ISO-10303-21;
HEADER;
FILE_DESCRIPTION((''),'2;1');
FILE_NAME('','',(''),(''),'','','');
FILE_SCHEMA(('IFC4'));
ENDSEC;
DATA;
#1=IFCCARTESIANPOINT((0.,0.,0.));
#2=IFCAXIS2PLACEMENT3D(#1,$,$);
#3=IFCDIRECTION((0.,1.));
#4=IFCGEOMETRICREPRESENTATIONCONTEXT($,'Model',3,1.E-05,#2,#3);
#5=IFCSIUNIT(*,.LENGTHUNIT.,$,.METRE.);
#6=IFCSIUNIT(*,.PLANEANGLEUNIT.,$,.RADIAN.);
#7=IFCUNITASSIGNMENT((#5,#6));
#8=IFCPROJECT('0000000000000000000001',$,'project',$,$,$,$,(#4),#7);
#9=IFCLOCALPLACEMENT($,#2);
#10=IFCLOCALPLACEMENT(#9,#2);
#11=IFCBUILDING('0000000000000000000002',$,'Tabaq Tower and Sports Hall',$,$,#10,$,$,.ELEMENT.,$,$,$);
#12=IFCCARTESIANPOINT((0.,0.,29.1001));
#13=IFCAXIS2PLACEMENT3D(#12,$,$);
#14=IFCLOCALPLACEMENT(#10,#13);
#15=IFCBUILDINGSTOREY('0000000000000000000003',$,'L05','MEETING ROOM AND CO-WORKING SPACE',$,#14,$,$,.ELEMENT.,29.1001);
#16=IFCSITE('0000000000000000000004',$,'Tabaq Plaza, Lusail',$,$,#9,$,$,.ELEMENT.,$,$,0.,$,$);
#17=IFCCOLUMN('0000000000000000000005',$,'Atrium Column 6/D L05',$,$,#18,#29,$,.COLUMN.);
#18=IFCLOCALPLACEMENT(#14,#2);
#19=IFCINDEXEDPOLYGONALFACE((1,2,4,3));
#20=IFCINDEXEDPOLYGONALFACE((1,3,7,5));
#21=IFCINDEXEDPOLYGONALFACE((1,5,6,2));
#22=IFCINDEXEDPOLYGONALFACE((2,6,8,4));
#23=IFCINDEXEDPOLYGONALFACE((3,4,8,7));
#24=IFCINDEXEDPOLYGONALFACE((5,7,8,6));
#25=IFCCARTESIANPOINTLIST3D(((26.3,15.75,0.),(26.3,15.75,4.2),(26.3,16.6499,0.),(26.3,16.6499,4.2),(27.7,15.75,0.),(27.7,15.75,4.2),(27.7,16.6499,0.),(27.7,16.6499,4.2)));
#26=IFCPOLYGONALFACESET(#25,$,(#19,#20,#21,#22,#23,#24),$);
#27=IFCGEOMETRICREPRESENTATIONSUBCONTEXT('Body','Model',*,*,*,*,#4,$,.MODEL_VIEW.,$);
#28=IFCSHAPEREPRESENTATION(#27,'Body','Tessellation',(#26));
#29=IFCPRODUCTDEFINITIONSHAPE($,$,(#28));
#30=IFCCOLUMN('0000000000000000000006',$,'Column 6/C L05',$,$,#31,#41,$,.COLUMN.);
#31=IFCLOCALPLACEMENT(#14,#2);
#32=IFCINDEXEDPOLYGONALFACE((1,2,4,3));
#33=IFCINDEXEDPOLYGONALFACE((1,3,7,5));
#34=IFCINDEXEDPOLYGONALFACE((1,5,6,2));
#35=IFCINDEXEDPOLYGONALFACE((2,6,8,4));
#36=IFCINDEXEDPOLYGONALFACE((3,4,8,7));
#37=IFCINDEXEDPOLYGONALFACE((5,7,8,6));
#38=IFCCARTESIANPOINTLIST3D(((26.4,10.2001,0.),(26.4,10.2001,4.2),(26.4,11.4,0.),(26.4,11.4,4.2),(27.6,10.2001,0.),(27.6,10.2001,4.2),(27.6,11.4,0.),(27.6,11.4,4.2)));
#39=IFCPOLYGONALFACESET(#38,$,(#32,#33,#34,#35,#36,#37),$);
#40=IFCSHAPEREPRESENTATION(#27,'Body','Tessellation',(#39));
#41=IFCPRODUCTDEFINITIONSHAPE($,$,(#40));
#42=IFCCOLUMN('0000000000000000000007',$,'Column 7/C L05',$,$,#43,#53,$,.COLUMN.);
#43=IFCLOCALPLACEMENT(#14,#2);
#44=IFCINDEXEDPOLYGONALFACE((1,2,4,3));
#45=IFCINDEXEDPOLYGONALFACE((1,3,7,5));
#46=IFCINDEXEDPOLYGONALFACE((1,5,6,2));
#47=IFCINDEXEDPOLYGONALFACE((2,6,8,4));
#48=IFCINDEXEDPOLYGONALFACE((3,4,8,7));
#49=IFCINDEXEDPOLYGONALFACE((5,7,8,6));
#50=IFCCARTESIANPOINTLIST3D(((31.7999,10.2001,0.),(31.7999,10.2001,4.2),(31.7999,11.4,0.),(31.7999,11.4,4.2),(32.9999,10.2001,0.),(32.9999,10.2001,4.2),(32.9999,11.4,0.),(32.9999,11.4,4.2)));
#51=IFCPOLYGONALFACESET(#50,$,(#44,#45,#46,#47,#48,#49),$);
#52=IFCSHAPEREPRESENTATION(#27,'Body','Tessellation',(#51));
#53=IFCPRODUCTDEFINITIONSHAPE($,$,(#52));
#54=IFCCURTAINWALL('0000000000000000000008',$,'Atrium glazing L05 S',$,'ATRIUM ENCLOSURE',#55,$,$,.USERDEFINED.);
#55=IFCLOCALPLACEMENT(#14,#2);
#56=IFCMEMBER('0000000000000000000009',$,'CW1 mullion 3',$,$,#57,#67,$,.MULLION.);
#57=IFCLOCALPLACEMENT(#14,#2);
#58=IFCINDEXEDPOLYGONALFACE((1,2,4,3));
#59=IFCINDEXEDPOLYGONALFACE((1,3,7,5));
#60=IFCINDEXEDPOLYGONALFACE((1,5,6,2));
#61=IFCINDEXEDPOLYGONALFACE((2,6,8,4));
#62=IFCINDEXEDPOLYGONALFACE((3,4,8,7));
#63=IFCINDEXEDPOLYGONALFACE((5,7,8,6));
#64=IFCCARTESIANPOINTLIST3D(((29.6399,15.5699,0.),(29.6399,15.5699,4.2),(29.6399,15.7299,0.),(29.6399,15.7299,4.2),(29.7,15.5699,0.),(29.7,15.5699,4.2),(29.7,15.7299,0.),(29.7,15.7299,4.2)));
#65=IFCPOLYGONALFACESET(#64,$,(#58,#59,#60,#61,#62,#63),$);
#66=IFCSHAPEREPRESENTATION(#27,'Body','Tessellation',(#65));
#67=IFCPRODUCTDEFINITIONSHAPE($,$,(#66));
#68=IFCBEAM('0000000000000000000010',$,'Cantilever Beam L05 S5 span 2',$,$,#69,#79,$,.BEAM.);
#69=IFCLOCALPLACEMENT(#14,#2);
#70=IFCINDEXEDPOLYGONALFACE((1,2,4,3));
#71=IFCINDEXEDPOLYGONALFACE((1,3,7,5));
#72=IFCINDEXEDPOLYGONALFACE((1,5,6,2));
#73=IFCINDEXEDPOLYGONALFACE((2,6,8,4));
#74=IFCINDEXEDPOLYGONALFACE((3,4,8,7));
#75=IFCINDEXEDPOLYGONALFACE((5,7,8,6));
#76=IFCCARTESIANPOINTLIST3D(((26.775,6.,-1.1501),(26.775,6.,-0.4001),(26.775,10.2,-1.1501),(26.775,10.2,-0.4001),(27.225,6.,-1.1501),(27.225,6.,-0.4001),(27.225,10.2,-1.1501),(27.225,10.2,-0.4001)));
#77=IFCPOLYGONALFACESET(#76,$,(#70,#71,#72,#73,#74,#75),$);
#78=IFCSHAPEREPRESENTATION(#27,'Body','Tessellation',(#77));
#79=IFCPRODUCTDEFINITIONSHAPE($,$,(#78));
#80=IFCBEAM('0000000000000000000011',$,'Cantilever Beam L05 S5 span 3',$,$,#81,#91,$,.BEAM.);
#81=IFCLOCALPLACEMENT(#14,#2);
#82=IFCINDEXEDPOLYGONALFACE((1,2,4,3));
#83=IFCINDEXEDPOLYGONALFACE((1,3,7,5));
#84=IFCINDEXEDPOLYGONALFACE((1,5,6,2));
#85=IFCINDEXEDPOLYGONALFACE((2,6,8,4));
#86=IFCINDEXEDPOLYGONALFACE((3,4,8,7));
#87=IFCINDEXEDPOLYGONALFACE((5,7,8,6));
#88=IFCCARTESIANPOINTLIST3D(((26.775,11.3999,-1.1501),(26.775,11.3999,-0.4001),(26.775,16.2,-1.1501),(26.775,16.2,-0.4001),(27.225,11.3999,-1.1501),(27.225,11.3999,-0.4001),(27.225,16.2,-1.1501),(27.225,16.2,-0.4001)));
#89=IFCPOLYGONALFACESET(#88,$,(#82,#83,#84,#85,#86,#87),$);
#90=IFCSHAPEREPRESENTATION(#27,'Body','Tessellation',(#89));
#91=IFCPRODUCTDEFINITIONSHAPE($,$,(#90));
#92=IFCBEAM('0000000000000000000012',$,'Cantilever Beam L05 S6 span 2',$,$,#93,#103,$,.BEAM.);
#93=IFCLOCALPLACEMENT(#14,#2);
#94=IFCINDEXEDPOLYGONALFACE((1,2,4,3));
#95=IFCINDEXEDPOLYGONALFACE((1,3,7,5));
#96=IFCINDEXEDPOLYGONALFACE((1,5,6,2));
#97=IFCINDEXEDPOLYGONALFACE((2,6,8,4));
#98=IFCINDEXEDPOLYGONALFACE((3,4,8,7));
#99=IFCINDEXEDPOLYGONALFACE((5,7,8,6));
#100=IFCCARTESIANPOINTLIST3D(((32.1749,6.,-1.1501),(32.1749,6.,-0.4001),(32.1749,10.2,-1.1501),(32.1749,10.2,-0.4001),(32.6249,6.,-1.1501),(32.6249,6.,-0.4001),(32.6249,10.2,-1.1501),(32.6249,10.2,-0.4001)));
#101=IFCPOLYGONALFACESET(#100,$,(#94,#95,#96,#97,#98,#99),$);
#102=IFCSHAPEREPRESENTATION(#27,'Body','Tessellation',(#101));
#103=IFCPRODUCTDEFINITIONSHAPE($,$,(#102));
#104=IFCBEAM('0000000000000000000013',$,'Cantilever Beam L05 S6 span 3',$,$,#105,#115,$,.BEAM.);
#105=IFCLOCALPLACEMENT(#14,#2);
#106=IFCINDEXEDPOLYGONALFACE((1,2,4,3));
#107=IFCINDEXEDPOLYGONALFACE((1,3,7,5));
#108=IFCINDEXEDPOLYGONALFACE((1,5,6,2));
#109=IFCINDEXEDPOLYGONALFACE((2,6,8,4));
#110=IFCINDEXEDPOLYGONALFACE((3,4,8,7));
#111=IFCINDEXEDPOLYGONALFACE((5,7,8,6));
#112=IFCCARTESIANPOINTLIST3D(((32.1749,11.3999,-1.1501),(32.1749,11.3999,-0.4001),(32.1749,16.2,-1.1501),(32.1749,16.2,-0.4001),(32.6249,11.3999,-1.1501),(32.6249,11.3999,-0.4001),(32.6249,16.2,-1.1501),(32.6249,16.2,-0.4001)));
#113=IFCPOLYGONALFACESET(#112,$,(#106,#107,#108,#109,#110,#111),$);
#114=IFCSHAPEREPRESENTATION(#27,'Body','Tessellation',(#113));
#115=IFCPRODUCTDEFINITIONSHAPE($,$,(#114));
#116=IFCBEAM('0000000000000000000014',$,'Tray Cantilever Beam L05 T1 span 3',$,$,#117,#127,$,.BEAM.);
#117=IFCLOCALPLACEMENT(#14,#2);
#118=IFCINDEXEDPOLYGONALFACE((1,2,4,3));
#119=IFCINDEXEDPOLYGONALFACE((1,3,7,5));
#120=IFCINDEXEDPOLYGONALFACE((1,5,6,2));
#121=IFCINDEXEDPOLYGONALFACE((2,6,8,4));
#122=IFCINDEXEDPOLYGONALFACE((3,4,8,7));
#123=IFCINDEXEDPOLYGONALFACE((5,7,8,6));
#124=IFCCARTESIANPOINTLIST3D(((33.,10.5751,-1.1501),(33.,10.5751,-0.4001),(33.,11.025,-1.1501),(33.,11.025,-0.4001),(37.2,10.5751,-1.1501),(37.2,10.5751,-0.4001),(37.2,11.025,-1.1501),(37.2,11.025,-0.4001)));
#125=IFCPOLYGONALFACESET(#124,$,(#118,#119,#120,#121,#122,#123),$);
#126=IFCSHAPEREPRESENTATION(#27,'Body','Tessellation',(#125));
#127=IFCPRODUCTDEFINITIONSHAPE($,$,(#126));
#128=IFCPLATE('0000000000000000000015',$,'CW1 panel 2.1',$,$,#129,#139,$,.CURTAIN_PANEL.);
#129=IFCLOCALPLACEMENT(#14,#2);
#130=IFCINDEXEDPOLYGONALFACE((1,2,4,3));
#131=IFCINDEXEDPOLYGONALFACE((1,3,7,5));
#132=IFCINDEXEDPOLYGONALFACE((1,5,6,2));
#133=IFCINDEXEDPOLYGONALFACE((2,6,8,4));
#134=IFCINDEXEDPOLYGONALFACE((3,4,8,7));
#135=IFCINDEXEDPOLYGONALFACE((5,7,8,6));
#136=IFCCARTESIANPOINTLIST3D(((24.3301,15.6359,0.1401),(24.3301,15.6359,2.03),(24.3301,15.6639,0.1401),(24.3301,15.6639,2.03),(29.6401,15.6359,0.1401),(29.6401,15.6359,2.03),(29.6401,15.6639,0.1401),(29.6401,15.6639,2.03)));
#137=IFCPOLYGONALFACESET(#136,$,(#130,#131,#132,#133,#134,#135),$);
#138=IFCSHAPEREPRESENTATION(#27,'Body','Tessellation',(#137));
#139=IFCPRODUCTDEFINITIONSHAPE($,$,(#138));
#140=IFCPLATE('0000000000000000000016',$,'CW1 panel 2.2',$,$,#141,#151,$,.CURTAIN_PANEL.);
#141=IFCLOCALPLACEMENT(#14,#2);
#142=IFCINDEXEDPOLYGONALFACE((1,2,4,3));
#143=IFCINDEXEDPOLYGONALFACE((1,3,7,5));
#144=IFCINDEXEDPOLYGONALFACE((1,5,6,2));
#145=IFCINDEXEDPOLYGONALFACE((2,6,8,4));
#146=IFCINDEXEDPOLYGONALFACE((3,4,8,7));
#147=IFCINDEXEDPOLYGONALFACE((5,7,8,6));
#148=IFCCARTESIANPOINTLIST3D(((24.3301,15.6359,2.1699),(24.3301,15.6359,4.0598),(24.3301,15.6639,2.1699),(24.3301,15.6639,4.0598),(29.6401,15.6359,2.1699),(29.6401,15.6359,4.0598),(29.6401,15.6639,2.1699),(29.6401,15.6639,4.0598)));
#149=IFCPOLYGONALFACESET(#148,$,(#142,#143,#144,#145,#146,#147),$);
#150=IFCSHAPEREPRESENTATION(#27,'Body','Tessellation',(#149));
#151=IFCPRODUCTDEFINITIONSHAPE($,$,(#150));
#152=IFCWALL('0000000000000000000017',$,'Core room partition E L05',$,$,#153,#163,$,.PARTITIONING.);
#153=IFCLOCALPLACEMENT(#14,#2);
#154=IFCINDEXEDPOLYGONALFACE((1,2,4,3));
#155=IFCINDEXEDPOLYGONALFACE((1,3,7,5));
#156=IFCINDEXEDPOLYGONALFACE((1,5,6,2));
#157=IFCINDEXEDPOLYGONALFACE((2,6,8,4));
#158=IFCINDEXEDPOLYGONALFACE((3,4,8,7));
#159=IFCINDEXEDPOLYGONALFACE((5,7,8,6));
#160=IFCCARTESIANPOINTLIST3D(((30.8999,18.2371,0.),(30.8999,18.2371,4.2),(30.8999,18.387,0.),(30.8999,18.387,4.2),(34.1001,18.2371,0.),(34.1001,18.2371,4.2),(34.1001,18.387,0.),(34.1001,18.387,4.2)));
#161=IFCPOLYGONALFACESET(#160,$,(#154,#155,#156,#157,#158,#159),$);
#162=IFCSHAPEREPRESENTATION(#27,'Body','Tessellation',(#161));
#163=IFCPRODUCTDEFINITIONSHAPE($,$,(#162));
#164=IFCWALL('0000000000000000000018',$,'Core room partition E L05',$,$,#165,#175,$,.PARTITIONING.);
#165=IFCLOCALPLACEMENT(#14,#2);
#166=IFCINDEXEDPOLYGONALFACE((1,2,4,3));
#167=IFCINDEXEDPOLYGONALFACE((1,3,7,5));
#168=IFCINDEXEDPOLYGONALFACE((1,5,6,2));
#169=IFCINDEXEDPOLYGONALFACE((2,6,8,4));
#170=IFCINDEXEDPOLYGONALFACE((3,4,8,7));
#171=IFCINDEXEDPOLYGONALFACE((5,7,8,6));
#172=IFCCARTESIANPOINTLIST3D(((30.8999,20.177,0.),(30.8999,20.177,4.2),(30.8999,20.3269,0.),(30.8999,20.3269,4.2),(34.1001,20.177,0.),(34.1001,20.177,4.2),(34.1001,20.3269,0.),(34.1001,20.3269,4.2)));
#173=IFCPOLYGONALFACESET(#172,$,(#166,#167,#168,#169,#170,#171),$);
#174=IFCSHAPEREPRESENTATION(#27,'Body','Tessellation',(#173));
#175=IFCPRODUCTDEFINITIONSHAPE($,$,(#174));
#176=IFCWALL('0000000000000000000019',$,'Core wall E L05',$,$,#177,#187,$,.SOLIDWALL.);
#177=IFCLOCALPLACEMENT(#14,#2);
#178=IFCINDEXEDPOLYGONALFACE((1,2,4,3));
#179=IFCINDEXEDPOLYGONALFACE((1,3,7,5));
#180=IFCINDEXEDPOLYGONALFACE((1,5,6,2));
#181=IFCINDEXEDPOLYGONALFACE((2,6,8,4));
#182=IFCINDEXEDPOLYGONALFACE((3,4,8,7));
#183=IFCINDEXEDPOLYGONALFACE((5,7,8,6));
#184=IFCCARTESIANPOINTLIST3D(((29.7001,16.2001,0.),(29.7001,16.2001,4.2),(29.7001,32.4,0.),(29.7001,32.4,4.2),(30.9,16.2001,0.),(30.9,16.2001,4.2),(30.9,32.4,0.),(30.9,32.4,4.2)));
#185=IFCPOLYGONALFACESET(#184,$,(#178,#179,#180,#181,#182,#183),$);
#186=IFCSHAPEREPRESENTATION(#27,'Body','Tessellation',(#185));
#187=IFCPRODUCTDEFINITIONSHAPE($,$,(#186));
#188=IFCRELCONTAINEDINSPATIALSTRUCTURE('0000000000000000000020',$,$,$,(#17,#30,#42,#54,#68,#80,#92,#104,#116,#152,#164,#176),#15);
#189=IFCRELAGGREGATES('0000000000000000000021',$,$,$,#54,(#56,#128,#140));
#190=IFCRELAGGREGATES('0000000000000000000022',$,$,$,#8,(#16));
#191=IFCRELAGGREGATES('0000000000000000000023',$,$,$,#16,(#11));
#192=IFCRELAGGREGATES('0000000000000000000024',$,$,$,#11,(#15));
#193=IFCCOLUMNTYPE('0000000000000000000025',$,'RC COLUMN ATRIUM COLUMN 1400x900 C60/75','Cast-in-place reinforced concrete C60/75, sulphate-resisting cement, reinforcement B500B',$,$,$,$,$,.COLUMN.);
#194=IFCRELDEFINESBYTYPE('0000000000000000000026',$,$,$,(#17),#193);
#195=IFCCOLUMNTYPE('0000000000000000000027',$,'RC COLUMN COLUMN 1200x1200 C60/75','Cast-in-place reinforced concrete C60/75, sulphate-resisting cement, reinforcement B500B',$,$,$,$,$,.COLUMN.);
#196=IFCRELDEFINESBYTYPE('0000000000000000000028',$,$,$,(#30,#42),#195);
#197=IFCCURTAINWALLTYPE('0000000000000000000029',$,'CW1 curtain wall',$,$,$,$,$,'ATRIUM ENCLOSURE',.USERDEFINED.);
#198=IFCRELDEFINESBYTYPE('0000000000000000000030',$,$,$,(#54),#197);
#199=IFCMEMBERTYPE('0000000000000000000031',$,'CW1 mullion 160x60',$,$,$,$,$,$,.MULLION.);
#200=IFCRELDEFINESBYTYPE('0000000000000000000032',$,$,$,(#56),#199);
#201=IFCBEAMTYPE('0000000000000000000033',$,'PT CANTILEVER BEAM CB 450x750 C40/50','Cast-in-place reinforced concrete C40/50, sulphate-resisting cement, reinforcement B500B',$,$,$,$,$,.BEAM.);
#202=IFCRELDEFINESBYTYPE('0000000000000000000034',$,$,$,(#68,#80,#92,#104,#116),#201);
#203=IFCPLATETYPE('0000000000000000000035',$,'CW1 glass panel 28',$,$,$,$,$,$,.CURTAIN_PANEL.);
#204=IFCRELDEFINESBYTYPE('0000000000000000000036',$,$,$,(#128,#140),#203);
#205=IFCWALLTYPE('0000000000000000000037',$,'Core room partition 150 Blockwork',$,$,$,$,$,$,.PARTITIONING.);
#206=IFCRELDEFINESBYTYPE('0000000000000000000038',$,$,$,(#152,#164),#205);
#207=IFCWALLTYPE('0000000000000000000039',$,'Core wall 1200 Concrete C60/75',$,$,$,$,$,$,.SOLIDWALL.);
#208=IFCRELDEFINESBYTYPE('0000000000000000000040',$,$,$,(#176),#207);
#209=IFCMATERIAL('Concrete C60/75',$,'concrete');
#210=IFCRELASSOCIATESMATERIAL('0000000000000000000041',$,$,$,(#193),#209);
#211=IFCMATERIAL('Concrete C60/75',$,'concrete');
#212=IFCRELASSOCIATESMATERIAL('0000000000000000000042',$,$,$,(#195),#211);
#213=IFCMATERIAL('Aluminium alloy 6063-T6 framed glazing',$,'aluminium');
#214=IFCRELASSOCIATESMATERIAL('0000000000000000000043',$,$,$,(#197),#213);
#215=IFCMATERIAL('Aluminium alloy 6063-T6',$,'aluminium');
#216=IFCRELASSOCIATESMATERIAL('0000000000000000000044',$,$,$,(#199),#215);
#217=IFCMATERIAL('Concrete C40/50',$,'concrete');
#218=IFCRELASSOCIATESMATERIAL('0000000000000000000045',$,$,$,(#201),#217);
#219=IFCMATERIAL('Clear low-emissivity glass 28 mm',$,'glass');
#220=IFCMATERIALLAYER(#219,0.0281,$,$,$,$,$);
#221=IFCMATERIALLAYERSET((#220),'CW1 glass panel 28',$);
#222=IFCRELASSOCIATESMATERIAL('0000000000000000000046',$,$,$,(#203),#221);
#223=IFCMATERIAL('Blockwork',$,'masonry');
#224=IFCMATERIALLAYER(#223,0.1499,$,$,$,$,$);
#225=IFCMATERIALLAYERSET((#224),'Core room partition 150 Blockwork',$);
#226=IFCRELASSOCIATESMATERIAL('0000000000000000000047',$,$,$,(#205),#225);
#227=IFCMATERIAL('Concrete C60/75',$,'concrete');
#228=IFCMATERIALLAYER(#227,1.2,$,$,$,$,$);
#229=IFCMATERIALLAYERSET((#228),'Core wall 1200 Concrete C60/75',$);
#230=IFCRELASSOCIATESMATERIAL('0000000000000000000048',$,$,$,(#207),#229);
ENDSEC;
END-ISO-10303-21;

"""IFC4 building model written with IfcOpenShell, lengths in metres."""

from ifc_helpers import new_model, si_unit, direction, frame, frame_2d, origin, origin_2d, place, context, subcontext, project, spatial, rectangle, extrude, material, layer, layer_set, material_profile, profile_set, type_object, element, aggregate, save


model = new_model("IFC4")

# Units and contexts
model_context = context("Model", 3, precision=1e-05, world=origin(), true_north=direction((0.0, 1.0)))
body_context = subcontext(model_context, "Body", "Model", "MODEL_VIEW")
ifc_project = project(units=[si_unit("LENGTHUNIT", "METRE"), si_unit("PLANEANGLEUNIT", "RADIAN")], contexts=[model_context])

# Site, building, storey
site_placement = place(None, origin())
site = spatial("IfcSite", under=ifc_project, at=site_placement, Name="Tabaq Plaza, Lusail", CompositionType="ELEMENT", RefElevation=0.0)
building_placement = place(site_placement, origin())
building = spatial("IfcBuilding", under=site, at=building_placement, Name="Tabaq Tower and Sports Hall", CompositionType="ELEMENT")
storey_placement = place(building_placement, frame((0.0, 0.0, 29.1001)))
storey = spatial("IfcBuildingStorey", under=building, at=storey_placement, Name="L05", Description="MEETING ROOM AND CO-WORKING SPACE", CompositionType="ELEMENT", Elevation=29.1001)

# Columns
ifc_material_1 = material(Name="Concrete C60/75", Category="concrete")
ifc_material_profile_1 = material_profile(ifc_material_1, rectangle(XDim=1.3999, YDim=0.8999, at=origin_2d()), Name="ATRIUM COLUMN 1400x900")
ifc_profile_set_1 = profile_set([ifc_material_profile_1], Name="Concrete C60/75")
column_type_1 = type_object("IfcColumnType", Name="RC COLUMN ATRIUM COLUMN 1400x900 C60/75", Description="Cast-in-place reinforced concrete C60/75, sulphate-resisting cement, reinforcement B500B", PredefinedType="COLUMN", material=ifc_profile_set_1)
column_placement = place(storey_placement, frame((27.0, 16.2, 0.0), z_axis=(0.0, 0.0, 1.0), x_axis=(1.0, 0.0, 0.0)))
element("IfcColumn", 1, at=column_placement, inside=storey, type_object=column_type_1, Name="Atrium Column 6/D L05", PredefinedType="COLUMN", context=body_context, shape_type="SweptSolid", body=[
    extrude(rectangle(XDim=1.3999, YDim=0.8999, at=origin_2d()), origin(), (0.0, 0.0, 1.0), 4.2),
])
ifc_material_2 = material(Name="Concrete C60/75", Category="concrete")
ifc_material_profile_2 = material_profile(ifc_material_2, rectangle(XDim=1.2, YDim=1.2, at=origin_2d()), Name="COLUMN 1200x1200")
ifc_profile_set_2 = profile_set([ifc_material_profile_2], Name="Concrete C60/75")
column_type_2 = type_object("IfcColumnType", Name="RC COLUMN COLUMN 1200x1200 C60/75", Description="Cast-in-place reinforced concrete C60/75, sulphate-resisting cement, reinforcement B500B", PredefinedType="COLUMN", material=ifc_profile_set_2)
for number, where, z_axis, x_axis, name in (
    (2, (27.0, 10.8, 0.0), (0.0, 0.0, 1.0), (1.0, 0.0, 0.0), "Column 6/C L05"),
    (3, (32.3999, 10.8, 0.0), (0.0, 0.0, 1.0), (1.0, 0.0, 0.0), "Column 7/C L05"),
):
    element("IfcColumn", number, at=place(storey_placement, frame(where, z_axis=z_axis, x_axis=x_axis)), inside=storey, type_object=column_type_2, Name=name, PredefinedType="COLUMN", context=body_context, shape_type="SweptSolid", body=[
        extrude(rectangle(XDim=1.2, YDim=1.2, at=origin_2d()), origin(), (0.0, 0.0, 1.0), 4.2),
    ])

# Curtain wall, member
ifc_material_3 = material(Name="Aluminium alloy 6063-T6 framed glazing", Category="aluminium")
curtain_wall_type = type_object("IfcCurtainWallType", Name="CW1 curtain wall", ElementType="ATRIUM ENCLOSURE", PredefinedType="USERDEFINED", material=ifc_material_3)
curtain_wall_placement = place(storey_placement, origin())
curtain_wall = element("IfcCurtainWall", 4, at=curtain_wall_placement, inside=storey, type_object=curtain_wall_type, Name="Atrium glazing L05 S", ObjectType="ATRIUM ENCLOSURE", PredefinedType="USERDEFINED")
ifc_material_4 = material(Name="Aluminium alloy 6063-T6", Category="aluminium")
ifc_material_profile_3 = material_profile(ifc_material_4, rectangle(XDim=0.1599, YDim=0.0601, at=origin_2d()), Name="MULLION 160x60")
ifc_profile_set_3 = profile_set([ifc_material_profile_3], Name="Aluminium alloy 6063-T6")
member_type = type_object("IfcMemberType", Name="CW1 mullion 160x60", PredefinedType="MULLION", material=ifc_profile_set_3)
member_placement = place(storey_placement, frame((29.6699, 15.6499, 0.0), z_axis=(0.0, 0.0, 1.0), x_axis=(0.0, 1.0, 0.0)))
member = element("IfcMember", 5, at=member_placement, type_object=member_type, Name="CW1 mullion 3", PredefinedType="MULLION", context=body_context, shape_type="SweptSolid", body=[
    extrude(rectangle(XDim=0.1599, YDim=0.0601, at=origin_2d()), origin(), (0.0, 0.0, 1.0), 4.2),
])

# Beams
ifc_material_5 = material(Name="Concrete C40/50", Category="concrete")
ifc_material_profile_4 = material_profile(ifc_material_5, rectangle(XDim=0.45, YDim=0.75, at=origin_2d()), Name="CB 450x750")
ifc_profile_set_4 = profile_set([ifc_material_profile_4], Name="Concrete C40/50")
beam_type = type_object("IfcBeamType", Name="PT CANTILEVER BEAM CB 450x750 C40/50", Description="Cast-in-place reinforced concrete C40/50, sulphate-resisting cement, reinforcement B500B", PredefinedType="BEAM", material=ifc_profile_set_4)
beam_1_placement = place(storey_placement, frame((27.0, 6.0, -0.7751), z_axis=(0.0, 1.0, 0.0), x_axis=(-1.0, 0.0, 0.0)))
element("IfcBeam", 6, at=beam_1_placement, inside=storey, type_object=beam_type, Name="Cantilever Beam L05 S5 span 2", PredefinedType="BEAM", context=body_context, shape_type="SweptSolid", body=[
    extrude(rectangle(XDim=0.45, YDim=0.75, at=origin_2d()), origin(), (0.0, 0.0, 1.0), 4.2),
])
beam_2_placement = place(storey_placement, frame((27.0, 11.3999, -0.7751), z_axis=(0.0, 1.0, 0.0), x_axis=(-1.0, 0.0, 0.0)))
element("IfcBeam", 7, at=beam_2_placement, inside=storey, type_object=beam_type, Name="Cantilever Beam L05 S5 span 3", PredefinedType="BEAM", context=body_context, shape_type="SweptSolid", body=[
    extrude(rectangle(XDim=0.45, YDim=0.75, at=origin_2d()), origin(), (0.0, 0.0, 1.0), 4.8),
])
beam_3_placement = place(storey_placement, frame((32.3999, 6.0, -0.7751), z_axis=(0.0, 1.0, 0.0), x_axis=(-1.0, 0.0, 0.0)))
element("IfcBeam", 8, at=beam_3_placement, inside=storey, type_object=beam_type, Name="Cantilever Beam L05 S6 span 2", PredefinedType="BEAM", context=body_context, shape_type="SweptSolid", body=[
    extrude(rectangle(XDim=0.45, YDim=0.75, at=origin_2d()), origin(), (0.0, 0.0, 1.0), 4.2),
])
beam_4_placement = place(storey_placement, frame((32.3999, 11.3999, -0.7751), z_axis=(0.0, 1.0, 0.0), x_axis=(-1.0, 0.0, 0.0)))
element("IfcBeam", 9, at=beam_4_placement, inside=storey, type_object=beam_type, Name="Cantilever Beam L05 S6 span 3", PredefinedType="BEAM", context=body_context, shape_type="SweptSolid", body=[
    extrude(rectangle(XDim=0.45, YDim=0.75, at=origin_2d()), origin(), (0.0, 0.0, 1.0), 4.8),
])
beam_5_placement = place(storey_placement, frame((37.2, 10.8, -0.7751), z_axis=(-1.0, 0.0, 0.0), x_axis=(0.0, -1.0, 0.0)))
element("IfcBeam", 10, at=beam_5_placement, inside=storey, type_object=beam_type, Name="Tray Cantilever Beam L05 T1 span 3", PredefinedType="BEAM", context=body_context, shape_type="SweptSolid", body=[
    extrude(rectangle(XDim=0.45, YDim=0.75, at=origin_2d()), origin(), (0.0, 0.0, 1.0), 4.2),
])

# Plates
ifc_material_6 = material(Name="Clear low-emissivity glass 28 mm", Category="glass")
ifc_layer_1 = layer(ifc_material_6, 0.0281)
ifc_layer_set_1 = layer_set([ifc_layer_1], Name="CW1 glass panel 28")
plate_type = type_object("IfcPlateType", Name="CW1 glass panel 28", PredefinedType="CURTAIN_PANEL", material=ifc_layer_set_1)
plate_1_placement = place(storey_placement, frame((26.9851, 15.6499, 0.1401), z_axis=(0.0, 0.0, 1.0), x_axis=(1.0, 0.0, 0.0)))
plate_1 = element("IfcPlate", 11, at=plate_1_placement, type_object=plate_type, Name="CW1 panel 2.1", PredefinedType="CURTAIN_PANEL", context=body_context, shape_type="SweptSolid", body=[
    extrude(rectangle(XDim=5.3101, YDim=0.0281, at=origin_2d()), origin(), (0.0, 0.0, 1.0), 1.8899),
])
plate_2_placement = place(storey_placement, frame((26.9851, 15.6499, 2.1699), z_axis=(0.0, 0.0, 1.0), x_axis=(1.0, 0.0, 0.0)))
plate_2 = element("IfcPlate", 12, at=plate_2_placement, type_object=plate_type, Name="CW1 panel 2.2", PredefinedType="CURTAIN_PANEL", context=body_context, shape_type="SweptSolid", body=[
    extrude(rectangle(XDim=5.3101, YDim=0.0281, at=origin_2d()), origin(), (0.0, 0.0, 1.0), 1.8899),
])
aggregate(curtain_wall, [member, plate_1, plate_2])

# Walls
ifc_material_7 = material(Name="Blockwork", Category="masonry")
ifc_layer_2 = layer(ifc_material_7, 0.1499)
ifc_layer_set_2 = layer_set([ifc_layer_2], Name="Core room partition 150 Blockwork")
wall_type_1 = type_object("IfcWallType", Name="Core room partition 150 Blockwork", PredefinedType="PARTITIONING", material=ifc_layer_set_2)
for number, where, z_axis, x_axis, name in (
    (13, (30.8999, 18.312, 0.0), (0.0, 0.0, 1.0), (1.0, 0.0, 0.0), "Core room partition E L05"),
    (14, (30.8999, 20.252, 0.0), (0.0, 0.0, 1.0), (1.0, 0.0, 0.0), "Core room partition E L05"),
):
    element("IfcWall", number, at=place(storey_placement, frame(where, z_axis=z_axis, x_axis=x_axis)), inside=storey, type_object=wall_type_1, Name=name, PredefinedType="PARTITIONING", context=body_context, shape_type="SweptSolid", body=[
        extrude(rectangle(XDim=3.2002, YDim=0.1499, at=frame_2d((1.6001, 0.0))), origin(), (0.0, 0.0, 1.0), 4.2),
    ])
ifc_material_8 = material(Name="Concrete C60/75", Category="concrete")
ifc_layer_3 = layer(ifc_material_8, 1.2)
ifc_layer_set_3 = layer_set([ifc_layer_3], Name="Core wall 1200 Concrete C60/75")
wall_type_2 = type_object("IfcWallType", Name="Core wall 1200 Concrete C60/75", PredefinedType="SOLIDWALL", material=ifc_layer_set_3)
wall_1_placement = place(storey_placement, frame((30.3, 16.2, 0.0), z_axis=(0.0, 0.0, 1.0), x_axis=(0.0, 1.0, 0.0)))
element("IfcWall", 15, at=wall_1_placement, inside=storey, type_object=wall_type_2, Name="Core wall E L05", PredefinedType="SOLIDWALL", context=body_context, shape_type="SweptSolid", body=[
    extrude(rectangle(XDim=16.2, YDim=1.2, at=frame_2d((8.1001, 0.0))), origin(), (0.0, 0.0, 1.0), 4.2),
])

save(model, "model.ifc")
